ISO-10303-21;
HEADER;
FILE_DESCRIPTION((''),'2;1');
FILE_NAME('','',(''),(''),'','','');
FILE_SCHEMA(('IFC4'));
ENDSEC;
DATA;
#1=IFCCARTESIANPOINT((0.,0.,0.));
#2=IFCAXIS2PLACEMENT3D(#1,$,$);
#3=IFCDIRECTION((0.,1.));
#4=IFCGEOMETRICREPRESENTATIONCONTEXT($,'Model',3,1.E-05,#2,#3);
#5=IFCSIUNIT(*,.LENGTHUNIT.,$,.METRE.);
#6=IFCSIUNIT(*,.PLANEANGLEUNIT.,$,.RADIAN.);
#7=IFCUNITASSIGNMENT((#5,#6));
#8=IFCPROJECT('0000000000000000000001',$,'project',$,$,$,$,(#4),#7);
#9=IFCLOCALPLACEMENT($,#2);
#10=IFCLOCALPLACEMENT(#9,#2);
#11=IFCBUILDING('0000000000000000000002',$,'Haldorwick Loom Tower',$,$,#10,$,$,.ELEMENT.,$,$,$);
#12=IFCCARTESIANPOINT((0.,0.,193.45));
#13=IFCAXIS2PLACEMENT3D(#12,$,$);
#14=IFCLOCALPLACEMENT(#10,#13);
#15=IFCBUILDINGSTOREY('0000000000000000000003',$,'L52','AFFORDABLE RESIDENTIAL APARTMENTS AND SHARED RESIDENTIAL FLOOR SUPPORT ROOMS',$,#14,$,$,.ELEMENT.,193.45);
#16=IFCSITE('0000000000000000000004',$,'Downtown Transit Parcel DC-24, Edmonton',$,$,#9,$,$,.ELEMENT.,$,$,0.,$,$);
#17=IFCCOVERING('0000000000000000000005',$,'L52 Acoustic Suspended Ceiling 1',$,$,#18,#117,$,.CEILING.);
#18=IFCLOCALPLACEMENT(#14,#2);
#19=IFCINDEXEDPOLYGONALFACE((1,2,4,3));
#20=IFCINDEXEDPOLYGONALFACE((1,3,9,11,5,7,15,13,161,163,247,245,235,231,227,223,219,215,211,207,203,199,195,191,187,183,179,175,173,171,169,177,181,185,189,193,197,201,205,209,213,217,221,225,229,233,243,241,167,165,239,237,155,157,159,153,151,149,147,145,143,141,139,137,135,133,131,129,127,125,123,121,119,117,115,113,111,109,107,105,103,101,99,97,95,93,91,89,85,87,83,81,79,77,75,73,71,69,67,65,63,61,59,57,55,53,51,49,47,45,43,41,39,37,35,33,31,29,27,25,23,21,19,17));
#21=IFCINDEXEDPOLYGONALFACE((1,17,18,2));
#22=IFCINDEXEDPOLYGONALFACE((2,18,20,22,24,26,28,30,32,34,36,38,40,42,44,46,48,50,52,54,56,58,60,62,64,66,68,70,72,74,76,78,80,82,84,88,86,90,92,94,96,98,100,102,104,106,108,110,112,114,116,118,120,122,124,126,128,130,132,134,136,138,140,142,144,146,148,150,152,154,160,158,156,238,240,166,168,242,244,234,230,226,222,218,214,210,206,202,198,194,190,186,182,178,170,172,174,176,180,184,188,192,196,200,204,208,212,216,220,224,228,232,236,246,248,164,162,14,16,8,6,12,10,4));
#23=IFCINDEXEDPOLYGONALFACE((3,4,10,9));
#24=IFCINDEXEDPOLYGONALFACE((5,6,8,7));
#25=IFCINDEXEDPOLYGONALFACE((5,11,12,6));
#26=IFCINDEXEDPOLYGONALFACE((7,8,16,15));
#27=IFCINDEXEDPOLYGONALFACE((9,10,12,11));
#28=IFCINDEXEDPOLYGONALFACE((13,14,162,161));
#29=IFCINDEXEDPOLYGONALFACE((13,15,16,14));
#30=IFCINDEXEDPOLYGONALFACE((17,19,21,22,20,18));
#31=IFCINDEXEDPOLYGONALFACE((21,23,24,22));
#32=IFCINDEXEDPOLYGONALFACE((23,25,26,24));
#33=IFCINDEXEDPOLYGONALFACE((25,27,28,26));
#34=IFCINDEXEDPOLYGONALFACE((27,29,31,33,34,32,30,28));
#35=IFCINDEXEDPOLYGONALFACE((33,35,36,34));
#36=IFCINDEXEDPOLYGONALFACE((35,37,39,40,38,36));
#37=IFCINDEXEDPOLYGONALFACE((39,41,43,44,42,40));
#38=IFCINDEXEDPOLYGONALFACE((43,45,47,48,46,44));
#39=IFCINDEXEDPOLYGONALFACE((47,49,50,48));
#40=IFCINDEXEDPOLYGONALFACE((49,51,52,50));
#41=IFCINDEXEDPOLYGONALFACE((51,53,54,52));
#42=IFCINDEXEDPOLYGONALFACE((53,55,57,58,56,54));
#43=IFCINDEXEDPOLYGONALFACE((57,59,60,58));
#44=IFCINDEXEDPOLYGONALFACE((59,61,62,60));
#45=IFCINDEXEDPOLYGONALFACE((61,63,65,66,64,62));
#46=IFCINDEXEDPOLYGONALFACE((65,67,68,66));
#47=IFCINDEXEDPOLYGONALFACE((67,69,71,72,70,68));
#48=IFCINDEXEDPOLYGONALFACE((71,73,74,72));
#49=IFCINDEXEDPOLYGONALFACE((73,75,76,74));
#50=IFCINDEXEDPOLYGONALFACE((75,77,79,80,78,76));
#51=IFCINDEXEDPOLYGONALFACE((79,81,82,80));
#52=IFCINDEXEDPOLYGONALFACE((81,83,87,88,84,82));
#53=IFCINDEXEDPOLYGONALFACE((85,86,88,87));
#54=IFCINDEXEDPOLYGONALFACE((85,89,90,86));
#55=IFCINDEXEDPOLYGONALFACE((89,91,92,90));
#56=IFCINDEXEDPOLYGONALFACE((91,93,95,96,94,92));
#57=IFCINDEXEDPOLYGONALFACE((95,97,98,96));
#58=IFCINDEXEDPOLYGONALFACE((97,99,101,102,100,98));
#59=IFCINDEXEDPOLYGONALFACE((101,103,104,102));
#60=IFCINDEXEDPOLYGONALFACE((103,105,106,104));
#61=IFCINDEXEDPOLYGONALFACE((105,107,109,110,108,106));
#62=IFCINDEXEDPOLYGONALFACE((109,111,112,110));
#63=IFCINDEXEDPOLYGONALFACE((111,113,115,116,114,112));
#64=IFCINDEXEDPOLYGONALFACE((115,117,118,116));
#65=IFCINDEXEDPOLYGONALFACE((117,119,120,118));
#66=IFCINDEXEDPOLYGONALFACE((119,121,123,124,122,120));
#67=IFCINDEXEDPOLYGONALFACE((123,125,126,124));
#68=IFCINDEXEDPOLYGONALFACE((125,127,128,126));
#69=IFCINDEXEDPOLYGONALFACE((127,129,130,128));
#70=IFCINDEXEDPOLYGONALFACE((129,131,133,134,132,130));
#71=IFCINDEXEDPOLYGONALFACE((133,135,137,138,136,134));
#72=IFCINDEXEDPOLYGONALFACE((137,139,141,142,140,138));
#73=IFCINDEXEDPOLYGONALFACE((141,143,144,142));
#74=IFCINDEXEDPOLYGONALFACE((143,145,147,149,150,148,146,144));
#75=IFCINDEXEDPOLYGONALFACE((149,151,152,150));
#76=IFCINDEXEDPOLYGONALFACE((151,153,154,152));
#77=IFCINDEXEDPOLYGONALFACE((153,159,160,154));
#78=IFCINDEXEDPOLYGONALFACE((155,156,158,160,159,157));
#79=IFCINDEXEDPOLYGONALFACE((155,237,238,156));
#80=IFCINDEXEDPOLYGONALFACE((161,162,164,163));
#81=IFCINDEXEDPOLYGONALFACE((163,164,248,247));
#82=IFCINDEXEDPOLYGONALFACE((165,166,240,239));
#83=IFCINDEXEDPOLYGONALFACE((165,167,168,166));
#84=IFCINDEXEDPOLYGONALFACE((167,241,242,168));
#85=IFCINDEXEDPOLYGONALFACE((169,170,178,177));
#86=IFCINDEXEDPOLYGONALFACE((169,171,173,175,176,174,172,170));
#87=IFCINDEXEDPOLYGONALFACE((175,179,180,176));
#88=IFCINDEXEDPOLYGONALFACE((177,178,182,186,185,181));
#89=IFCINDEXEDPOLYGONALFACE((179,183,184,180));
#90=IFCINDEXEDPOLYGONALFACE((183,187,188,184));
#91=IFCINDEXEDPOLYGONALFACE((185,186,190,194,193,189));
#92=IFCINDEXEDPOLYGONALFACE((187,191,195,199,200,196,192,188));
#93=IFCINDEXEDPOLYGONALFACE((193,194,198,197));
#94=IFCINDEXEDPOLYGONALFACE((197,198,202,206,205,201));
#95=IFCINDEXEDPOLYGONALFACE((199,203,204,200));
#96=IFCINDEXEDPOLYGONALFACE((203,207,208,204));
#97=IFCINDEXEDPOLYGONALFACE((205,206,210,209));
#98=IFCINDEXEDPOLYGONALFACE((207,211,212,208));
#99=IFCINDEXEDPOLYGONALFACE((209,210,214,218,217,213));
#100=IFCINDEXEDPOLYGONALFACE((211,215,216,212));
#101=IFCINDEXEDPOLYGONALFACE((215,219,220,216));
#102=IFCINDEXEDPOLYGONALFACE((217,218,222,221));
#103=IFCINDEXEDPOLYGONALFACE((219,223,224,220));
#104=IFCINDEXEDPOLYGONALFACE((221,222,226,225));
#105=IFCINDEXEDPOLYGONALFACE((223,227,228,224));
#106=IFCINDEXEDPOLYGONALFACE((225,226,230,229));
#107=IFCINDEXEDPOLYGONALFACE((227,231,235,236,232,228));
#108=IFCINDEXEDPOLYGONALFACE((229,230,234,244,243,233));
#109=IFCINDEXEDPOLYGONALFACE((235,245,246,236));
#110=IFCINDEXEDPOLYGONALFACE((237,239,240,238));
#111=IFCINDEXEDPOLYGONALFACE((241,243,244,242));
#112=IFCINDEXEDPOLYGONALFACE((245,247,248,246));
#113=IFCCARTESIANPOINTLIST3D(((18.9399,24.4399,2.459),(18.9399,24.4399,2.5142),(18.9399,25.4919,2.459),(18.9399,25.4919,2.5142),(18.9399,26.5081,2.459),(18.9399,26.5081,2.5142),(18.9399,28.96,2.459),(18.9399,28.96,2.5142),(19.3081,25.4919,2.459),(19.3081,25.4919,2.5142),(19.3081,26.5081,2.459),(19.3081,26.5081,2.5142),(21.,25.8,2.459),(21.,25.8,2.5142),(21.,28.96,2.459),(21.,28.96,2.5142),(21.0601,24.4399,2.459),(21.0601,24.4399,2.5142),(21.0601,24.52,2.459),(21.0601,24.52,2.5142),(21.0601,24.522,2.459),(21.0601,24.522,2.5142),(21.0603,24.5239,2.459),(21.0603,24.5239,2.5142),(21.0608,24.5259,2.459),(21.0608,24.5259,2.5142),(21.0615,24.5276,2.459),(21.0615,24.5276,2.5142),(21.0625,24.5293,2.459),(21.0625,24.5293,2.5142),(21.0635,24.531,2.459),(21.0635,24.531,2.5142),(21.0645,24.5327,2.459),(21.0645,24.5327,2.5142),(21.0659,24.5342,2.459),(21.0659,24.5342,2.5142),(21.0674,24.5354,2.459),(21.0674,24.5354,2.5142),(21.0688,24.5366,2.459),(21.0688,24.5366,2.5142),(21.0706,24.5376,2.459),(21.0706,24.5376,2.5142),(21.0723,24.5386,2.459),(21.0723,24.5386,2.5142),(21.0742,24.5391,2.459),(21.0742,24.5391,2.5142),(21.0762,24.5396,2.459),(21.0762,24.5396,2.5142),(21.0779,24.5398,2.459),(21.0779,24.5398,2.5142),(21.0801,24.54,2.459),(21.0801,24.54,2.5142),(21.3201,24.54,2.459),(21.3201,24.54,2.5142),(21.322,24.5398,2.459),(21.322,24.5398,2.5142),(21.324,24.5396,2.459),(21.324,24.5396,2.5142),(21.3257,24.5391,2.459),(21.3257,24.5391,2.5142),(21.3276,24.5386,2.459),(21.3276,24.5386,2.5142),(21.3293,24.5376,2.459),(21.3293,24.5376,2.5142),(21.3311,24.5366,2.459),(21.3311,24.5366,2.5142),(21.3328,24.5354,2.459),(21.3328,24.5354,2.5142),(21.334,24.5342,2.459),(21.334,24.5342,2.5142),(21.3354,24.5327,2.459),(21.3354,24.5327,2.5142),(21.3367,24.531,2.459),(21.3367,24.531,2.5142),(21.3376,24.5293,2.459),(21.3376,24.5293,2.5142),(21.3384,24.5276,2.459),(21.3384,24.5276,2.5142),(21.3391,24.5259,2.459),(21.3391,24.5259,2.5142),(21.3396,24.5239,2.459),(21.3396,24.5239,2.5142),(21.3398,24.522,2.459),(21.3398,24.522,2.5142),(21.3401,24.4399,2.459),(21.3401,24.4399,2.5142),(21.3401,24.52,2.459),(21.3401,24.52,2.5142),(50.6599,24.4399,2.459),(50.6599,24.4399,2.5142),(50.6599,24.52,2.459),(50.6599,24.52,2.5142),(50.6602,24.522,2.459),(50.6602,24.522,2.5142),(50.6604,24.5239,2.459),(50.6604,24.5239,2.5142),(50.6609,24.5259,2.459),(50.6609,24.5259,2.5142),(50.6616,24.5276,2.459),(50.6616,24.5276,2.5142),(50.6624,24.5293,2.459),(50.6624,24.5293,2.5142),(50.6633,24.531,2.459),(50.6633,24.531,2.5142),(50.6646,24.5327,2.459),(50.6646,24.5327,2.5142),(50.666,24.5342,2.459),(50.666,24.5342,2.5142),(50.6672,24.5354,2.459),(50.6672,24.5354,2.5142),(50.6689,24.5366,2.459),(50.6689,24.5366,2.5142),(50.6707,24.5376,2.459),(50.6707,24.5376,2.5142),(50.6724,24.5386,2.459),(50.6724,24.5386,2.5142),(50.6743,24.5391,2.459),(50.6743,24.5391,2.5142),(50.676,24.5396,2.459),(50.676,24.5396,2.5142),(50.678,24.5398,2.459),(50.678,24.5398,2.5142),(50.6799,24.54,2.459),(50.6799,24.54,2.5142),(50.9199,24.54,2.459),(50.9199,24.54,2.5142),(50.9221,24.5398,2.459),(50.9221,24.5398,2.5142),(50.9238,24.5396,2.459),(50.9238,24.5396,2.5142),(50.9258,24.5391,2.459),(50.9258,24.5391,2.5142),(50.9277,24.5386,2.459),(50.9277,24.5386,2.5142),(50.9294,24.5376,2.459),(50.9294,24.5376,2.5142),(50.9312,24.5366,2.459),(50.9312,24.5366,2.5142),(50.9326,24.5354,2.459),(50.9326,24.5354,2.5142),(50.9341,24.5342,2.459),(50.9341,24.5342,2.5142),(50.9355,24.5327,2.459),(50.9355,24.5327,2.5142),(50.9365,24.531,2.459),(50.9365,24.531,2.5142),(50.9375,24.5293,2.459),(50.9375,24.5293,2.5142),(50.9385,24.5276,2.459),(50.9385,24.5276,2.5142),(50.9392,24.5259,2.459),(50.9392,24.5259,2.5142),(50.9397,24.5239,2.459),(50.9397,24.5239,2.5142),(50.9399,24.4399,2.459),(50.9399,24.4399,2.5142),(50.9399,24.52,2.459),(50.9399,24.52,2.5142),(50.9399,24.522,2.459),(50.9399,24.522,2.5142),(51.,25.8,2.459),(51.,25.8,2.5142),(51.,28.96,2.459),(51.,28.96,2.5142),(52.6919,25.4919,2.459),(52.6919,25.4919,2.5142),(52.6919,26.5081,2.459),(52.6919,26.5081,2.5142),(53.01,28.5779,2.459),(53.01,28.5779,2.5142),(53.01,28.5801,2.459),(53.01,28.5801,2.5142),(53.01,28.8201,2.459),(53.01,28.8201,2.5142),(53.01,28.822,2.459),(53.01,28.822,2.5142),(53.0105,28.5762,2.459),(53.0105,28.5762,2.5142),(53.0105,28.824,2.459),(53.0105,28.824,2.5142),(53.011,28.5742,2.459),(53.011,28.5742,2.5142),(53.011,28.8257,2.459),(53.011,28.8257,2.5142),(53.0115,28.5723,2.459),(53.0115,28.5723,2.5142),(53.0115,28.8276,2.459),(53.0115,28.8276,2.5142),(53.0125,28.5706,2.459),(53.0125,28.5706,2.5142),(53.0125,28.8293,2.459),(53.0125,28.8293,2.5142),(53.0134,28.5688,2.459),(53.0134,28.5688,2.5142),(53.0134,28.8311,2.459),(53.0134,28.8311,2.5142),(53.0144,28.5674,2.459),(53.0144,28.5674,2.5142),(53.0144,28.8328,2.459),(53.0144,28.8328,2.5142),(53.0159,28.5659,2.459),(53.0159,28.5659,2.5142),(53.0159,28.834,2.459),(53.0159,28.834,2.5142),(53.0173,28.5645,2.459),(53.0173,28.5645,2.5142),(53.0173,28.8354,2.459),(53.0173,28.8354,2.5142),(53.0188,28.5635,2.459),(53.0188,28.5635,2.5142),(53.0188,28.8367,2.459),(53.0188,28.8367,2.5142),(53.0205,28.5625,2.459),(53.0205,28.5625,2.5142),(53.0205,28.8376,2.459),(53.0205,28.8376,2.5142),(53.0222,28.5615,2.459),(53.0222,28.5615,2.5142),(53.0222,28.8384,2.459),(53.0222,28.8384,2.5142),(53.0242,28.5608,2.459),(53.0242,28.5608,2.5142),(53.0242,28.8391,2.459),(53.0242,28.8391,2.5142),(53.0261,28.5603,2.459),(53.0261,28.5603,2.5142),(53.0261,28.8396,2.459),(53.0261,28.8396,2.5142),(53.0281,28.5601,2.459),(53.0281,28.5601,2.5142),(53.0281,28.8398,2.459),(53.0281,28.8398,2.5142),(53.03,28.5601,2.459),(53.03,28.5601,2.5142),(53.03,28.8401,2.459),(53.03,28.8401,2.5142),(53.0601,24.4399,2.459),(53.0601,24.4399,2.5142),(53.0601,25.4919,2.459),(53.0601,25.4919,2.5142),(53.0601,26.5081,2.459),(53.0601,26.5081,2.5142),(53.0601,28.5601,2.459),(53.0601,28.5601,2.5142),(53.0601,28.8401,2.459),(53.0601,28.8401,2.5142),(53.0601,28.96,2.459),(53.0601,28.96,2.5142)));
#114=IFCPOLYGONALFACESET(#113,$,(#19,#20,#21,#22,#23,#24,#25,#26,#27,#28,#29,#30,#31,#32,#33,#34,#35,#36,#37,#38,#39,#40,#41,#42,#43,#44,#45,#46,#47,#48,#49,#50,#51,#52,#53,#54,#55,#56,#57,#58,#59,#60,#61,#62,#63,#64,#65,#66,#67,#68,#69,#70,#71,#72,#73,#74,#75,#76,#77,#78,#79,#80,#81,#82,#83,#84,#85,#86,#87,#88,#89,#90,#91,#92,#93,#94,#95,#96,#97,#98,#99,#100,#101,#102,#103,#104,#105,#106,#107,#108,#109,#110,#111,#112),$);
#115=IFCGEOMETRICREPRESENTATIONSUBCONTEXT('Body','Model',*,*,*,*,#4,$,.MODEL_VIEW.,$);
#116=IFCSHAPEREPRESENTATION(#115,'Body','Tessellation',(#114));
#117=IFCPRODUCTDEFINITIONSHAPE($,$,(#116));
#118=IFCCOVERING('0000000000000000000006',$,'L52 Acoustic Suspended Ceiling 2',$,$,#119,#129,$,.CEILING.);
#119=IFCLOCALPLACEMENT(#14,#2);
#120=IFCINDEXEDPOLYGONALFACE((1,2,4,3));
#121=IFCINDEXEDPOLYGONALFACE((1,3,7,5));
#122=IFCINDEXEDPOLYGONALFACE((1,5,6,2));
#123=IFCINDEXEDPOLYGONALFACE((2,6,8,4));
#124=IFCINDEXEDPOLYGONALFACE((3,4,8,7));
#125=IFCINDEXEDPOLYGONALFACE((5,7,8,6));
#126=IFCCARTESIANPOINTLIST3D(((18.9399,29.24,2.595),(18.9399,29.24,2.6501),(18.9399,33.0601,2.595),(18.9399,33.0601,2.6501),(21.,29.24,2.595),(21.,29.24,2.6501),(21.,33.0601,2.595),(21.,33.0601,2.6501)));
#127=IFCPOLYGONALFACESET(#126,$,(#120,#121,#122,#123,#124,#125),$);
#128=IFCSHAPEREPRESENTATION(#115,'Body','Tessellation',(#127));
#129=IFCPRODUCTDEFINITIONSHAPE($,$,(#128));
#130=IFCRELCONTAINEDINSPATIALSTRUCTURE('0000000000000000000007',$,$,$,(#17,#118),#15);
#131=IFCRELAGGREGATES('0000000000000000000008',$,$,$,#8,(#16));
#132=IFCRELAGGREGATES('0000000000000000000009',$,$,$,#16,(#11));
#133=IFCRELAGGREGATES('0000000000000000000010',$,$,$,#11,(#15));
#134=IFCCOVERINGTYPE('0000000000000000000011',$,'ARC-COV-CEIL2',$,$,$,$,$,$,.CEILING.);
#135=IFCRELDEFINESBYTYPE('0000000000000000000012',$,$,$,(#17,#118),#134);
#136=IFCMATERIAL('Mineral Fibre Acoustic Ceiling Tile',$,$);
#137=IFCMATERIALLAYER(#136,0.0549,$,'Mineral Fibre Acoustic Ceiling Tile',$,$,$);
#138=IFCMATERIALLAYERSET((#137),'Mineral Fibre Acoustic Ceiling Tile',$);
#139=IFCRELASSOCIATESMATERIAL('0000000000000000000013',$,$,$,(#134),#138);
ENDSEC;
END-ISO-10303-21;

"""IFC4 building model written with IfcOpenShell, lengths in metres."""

from ifc_helpers import new_model, si_unit, direction, frame, origin, place, context, subcontext, project, spatial, polyline, outline, extrude, material, layer, layer_set, type_object, element, save


model = new_model("IFC4")

# Units and contexts
model_context = context("Model", 3, precision=1e-05, world=origin(), true_north=direction((0.0, 1.0)))
body_context = subcontext(model_context, "Body", "Model", "MODEL_VIEW")
ifc_project = project(units=[si_unit("LENGTHUNIT", "METRE"), si_unit("PLANEANGLEUNIT", "RADIAN")], contexts=[model_context])

# Site, building, storey
site_placement = place(None, origin())
site = spatial("IfcSite", under=ifc_project, at=site_placement, Name="Downtown Transit Parcel DC-24, Edmonton", CompositionType="ELEMENT", RefElevation=0.0)
building_placement = place(site_placement, origin())
building = spatial("IfcBuilding", under=site, at=building_placement, Name="Haldorwick Loom Tower", CompositionType="ELEMENT")
storey_placement = place(building_placement, frame((0.0, 0.0, 193.45)))
storey = spatial("IfcBuildingStorey", under=building, at=storey_placement, Name="L52", Description="AFFORDABLE RESIDENTIAL APARTMENTS AND SHARED RESIDENTIAL FLOOR SUPPORT ROOMS", CompositionType="ELEMENT", Elevation=193.45)

# Coverings
ifc_material_1 = material(Name="Mineral Fibre Acoustic Ceiling Tile")
ifc_layer_1 = layer(ifc_material_1, 0.0549, Name="Mineral Fibre Acoustic Ceiling Tile")
ifc_layer_set_1 = layer_set([ifc_layer_1], Name="Mineral Fibre Acoustic Ceiling Tile")
covering_type_1 = type_object("IfcCoveringType", Name="ARC-COV-CEIL2", PredefinedType="CEILING", material=ifc_layer_set_1)
covering_1_placement = place(storey_placement, frame((0.0, 0.0, 2.459)))
element("IfcCovering", 1, at=covering_1_placement, inside=storey, type_object=covering_type_1, Name="L52 Acoustic Suspended Ceiling 1", PredefinedType="CEILING", context=body_context, shape_type="SweptSolid", body=[
    extrude(outline(polyline([(51.0, 28.96), (51.0, 25.8), (21.0, 25.8), (21.0, 28.96), (18.9399, 28.96), (18.9399, 26.5081), (19.3081, 26.5081), (19.3081, 25.4919), (18.9399, 25.4919), (18.9399, 24.4399), (21.0601, 24.4399), (21.0601, 24.52), (21.0601, 24.522), (21.0603, 24.5239), (21.0608, 24.5259), (21.0615, 24.5276), (21.0625, 24.5293), (21.0635, 24.531), (21.0645, 24.5327), (21.0659, 24.5342), (21.0674, 24.5354), (21.0688, 24.5366), (21.0706, 24.5376), (21.0723, 24.5386), (21.0742, 24.5391), (21.0762, 24.5396), (21.0779, 24.5398), (21.0801, 24.54), (21.3201, 24.54), (21.322, 24.5398), (21.324, 24.5396), (21.3257, 24.5391), (21.3276, 24.5386), (21.3293, 24.5376), (21.3311, 24.5366), (21.3328, 24.5354), (21.334, 24.5342), (21.3354, 24.5327), (21.3367, 24.531), (21.3376, 24.5293), (21.3384, 24.5276), (21.3391, 24.5259), (21.3396, 24.5239), (21.3398, 24.522), (21.3401, 24.52), (21.3401, 24.4399), (50.6599, 24.4399), (50.6599, 24.52), (50.6602, 24.522), (50.6604, 24.5239), (50.6609, 24.5259), (50.6616, 24.5276), (50.6624, 24.5293), (50.6633, 24.531), (50.6646, 24.5327), (50.666, 24.5342), (50.6672, 24.5354), (50.6689, 24.5366), (50.6707, 24.5376), (50.6724, 24.5386), (50.6743, 24.5391), (50.676, 24.5396), (50.678, 24.5398), (50.6799, 24.54), (50.9199, 24.54), (50.9221, 24.5398), (50.9238, 24.5396), (50.9258, 24.5391), (50.9277, 24.5386), (50.9294, 24.5376), (50.9312, 24.5366), (50.9326, 24.5354), (50.9341, 24.5342), (50.9355, 24.5327), (50.9365, 24.531), (50.9375, 24.5293), (50.9385, 24.5276), (50.9392, 24.5259), (50.9397, 24.5239), (50.9399, 24.522), (50.9399, 24.52), (50.9399, 24.4399), (53.0601, 24.4399), (53.0601, 25.4919), (52.6919, 25.4919), (52.6919, 26.5081), (53.0601, 26.5081), (53.0601, 28.5601), (53.03, 28.5601), (53.0281, 28.5601), (53.0261, 28.5603), (53.0242, 28.5608), (53.0222, 28.5615), (53.0205, 28.5625), (53.0188, 28.5635), (53.0173, 28.5645), (53.0159, 28.5659), (53.0144, 28.5674), (53.0134, 28.5688), (53.0125, 28.5706), (53.0115, 28.5723), (53.011, 28.5742), (53.0105, 28.5762), (53.01, 28.5779), (53.01, 28.5801), (53.01, 28.8201), (53.01, 28.822), (53.0105, 28.824), (53.011, 28.8257), (53.0115, 28.8276), (53.0125, 28.8293), (53.0134, 28.8311), (53.0144, 28.8328), (53.0159, 28.834), (53.0173, 28.8354), (53.0188, 28.8367), (53.0205, 28.8376), (53.0222, 28.8384), (53.0242, 28.8391), (53.0261, 28.8396), (53.0281, 28.8398), (53.03, 28.8401), (53.0601, 28.8401), (53.0601, 28.96), (51.0, 28.96)])), origin(), (0.0, 0.0, 1.0), 0.0552),
])
covering_2_placement = place(storey_placement, frame((0.0, 0.0, 2.595)))
element("IfcCovering", 2, at=covering_2_placement, inside=storey, type_object=covering_type_1, Name="L52 Acoustic Suspended Ceiling 2", PredefinedType="CEILING", context=body_context, shape_type="SweptSolid", body=[
    extrude(outline(polyline([(18.9399, 33.0601), (18.9399, 29.24), (21.0, 29.24), (21.0, 33.0601), (18.9399, 33.0601)])), origin(), (0.0, 0.0, 1.0), 0.0552),
])

save(model, "model.ifc")
